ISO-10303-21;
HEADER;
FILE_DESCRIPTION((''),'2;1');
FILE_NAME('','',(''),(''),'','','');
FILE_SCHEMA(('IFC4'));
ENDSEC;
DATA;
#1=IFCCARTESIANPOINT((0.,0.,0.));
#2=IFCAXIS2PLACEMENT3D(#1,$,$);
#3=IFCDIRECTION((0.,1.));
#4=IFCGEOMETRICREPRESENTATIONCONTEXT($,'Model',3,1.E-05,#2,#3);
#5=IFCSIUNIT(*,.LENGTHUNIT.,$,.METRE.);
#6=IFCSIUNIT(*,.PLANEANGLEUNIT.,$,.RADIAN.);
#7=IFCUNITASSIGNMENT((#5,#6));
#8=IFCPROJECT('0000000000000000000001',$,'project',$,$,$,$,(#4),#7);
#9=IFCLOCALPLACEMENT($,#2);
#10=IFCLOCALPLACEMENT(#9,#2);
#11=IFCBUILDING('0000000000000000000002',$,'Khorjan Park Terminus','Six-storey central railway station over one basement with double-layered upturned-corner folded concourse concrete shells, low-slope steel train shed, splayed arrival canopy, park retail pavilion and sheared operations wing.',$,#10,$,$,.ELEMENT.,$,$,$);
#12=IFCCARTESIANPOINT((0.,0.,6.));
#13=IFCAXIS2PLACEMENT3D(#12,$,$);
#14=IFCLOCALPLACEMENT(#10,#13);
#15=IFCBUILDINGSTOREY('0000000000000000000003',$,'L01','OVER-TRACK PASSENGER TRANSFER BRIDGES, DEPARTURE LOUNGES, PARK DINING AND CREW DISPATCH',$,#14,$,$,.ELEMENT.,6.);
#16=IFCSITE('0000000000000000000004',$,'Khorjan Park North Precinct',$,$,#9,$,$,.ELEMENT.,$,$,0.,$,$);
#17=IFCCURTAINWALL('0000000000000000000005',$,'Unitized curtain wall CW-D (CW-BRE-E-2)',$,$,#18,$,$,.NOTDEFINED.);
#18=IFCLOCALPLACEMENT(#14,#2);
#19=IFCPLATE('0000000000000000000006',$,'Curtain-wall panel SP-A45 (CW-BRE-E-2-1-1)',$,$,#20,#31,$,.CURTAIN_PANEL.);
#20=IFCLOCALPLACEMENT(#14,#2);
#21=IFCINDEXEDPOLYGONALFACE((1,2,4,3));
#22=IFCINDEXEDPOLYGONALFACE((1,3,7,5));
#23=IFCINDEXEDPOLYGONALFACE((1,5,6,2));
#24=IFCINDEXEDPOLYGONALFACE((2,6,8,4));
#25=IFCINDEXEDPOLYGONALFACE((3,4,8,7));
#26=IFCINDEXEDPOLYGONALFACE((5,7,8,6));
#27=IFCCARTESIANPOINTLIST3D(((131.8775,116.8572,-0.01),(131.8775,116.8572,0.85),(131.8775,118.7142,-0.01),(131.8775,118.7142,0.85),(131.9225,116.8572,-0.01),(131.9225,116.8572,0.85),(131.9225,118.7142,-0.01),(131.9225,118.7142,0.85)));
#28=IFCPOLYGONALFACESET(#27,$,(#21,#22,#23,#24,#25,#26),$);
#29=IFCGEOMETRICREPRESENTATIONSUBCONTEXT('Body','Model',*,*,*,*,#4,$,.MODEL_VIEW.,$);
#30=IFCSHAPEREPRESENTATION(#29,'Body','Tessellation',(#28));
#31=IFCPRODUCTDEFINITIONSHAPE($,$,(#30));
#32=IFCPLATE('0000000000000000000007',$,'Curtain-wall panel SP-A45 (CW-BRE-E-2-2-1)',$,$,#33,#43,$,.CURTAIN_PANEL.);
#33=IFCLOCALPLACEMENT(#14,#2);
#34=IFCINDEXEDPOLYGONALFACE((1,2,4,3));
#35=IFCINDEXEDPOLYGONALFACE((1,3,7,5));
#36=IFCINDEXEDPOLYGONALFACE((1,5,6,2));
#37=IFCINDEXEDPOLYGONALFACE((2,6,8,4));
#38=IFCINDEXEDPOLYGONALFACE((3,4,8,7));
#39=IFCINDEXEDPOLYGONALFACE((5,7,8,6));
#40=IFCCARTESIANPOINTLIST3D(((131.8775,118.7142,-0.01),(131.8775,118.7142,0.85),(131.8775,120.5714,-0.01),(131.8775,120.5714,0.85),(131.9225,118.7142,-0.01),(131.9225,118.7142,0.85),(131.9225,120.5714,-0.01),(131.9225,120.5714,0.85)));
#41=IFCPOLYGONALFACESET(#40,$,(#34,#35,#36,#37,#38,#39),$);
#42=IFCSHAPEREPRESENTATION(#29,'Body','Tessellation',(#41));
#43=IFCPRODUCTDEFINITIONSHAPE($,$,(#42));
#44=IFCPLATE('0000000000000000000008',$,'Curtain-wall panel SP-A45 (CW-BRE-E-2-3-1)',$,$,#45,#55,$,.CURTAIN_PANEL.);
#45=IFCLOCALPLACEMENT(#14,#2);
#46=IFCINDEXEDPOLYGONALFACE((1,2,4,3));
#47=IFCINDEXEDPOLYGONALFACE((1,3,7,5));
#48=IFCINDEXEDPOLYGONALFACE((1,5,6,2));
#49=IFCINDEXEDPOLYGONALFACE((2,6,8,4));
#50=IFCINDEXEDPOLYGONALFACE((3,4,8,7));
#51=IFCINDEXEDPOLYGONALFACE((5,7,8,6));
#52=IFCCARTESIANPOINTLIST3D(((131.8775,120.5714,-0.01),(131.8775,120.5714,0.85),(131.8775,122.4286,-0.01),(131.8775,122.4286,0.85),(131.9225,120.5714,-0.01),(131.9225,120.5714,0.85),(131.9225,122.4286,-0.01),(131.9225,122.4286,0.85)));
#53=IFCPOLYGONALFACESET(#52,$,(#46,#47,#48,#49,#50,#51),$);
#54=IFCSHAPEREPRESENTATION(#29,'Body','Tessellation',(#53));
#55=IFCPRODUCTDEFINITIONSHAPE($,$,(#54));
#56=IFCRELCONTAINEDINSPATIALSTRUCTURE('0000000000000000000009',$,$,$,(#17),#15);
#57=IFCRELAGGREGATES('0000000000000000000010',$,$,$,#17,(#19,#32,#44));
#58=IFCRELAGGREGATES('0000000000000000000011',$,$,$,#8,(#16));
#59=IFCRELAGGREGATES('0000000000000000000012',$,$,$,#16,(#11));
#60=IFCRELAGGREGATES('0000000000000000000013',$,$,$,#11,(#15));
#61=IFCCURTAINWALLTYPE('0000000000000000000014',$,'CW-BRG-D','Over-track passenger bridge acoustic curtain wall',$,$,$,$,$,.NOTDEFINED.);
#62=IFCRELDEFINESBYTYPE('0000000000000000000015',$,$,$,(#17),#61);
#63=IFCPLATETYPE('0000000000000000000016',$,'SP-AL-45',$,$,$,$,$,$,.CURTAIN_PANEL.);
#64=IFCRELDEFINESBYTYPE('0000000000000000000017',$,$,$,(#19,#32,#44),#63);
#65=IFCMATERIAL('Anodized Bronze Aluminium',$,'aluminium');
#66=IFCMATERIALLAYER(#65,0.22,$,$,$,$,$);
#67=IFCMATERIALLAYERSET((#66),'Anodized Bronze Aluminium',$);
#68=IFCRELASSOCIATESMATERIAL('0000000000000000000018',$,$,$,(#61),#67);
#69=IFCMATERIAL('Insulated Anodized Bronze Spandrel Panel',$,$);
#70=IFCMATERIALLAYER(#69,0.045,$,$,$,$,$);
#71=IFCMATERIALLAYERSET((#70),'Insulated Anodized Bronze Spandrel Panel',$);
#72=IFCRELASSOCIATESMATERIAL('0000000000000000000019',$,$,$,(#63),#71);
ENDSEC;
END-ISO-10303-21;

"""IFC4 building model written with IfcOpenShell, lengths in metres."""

from ifc_helpers import new_model, si_unit, direction, frame, origin, origin_2d, place, context, subcontext, project, spatial, rectangle, extrude, material, layer, layer_set, type_object, element, aggregate, save


model = new_model("IFC4")

# Units and contexts
model_context = context("Model", 3, precision=1e-05, world=origin(), true_north=direction((0.0, 1.0)))
body_context = subcontext(model_context, "Body", "Model", "MODEL_VIEW")
ifc_project = project(units=[si_unit("LENGTHUNIT", "METRE"), si_unit("PLANEANGLEUNIT", "RADIAN")], contexts=[model_context])

# Site, building, storey
site_placement = place(None, origin())
site = spatial("IfcSite", under=ifc_project, at=site_placement, Name="Khorjan Park North Precinct", CompositionType="ELEMENT", RefElevation=0.0)
building_placement = place(site_placement, origin())
building = spatial("IfcBuilding", under=site, at=building_placement, Name="Khorjan Park Terminus", Description="Six-storey central railway station over one basement with double-layered upturned-corner folded concourse concrete shells, low-slope steel train shed, splayed arrival canopy, park retail pavilion and sheared operations wing.", CompositionType="ELEMENT")
storey_placement = place(building_placement, frame((0.0, 0.0, 6.0)))
storey = spatial("IfcBuildingStorey", under=building, at=storey_placement, Name="L01", Description="OVER-TRACK PASSENGER TRANSFER BRIDGES, DEPARTURE LOUNGES, PARK DINING AND CREW DISPATCH", CompositionType="ELEMENT", Elevation=6.0)

# Curtain wall, plates
ifc_material_1 = material(Name="Anodized Bronze Aluminium", Category="aluminium")
ifc_layer_1 = layer(ifc_material_1, 0.22)
ifc_layer_set_1 = layer_set([ifc_layer_1], Name="Anodized Bronze Aluminium")
curtain_wall_type = type_object("IfcCurtainWallType", Name="CW-BRG-D", Description="Over-track passenger bridge acoustic curtain wall", PredefinedType="NOTDEFINED", material=ifc_layer_set_1)
curtain_wall_placement = place(storey_placement, origin())
curtain_wall = element("IfcCurtainWall", 1, at=curtain_wall_placement, inside=storey, type_object=curtain_wall_type, Name="Unitized curtain wall CW-D (CW-BRE-E-2)", PredefinedType="NOTDEFINED")
ifc_material_2 = material(Name="Insulated Anodized Bronze Spandrel Panel")
ifc_layer_2 = layer(ifc_material_2, 0.045)
ifc_layer_set_2 = layer_set([ifc_layer_2], Name="Insulated Anodized Bronze Spandrel Panel")
plate_type_1 = type_object("IfcPlateType", Name="SP-AL-45", PredefinedType="CURTAIN_PANEL", material=ifc_layer_set_2)
plate_1_placement = place(storey_placement, frame((131.9, 117.7857, -0.01), z_axis=(0.0, 0.0, 1.0), x_axis=(0.0, 1.0, 0.0)))
plate_1 = element("IfcPlate", 2, at=plate_1_placement, type_object=plate_type_1, Name="Curtain-wall panel SP-A45 (CW-BRE-E-2-1-1)", PredefinedType="CURTAIN_PANEL", context=body_context, shape_type="SweptSolid", body=[
    extrude(rectangle(XDim=1.8571, YDim=0.045, at=origin_2d()), origin(), (0.0, 0.0, 1.0), 0.86),
])
plate_2_placement = place(storey_placement, frame((131.9, 119.6428, -0.01), z_axis=(0.0, 0.0, 1.0), x_axis=(0.0, 1.0, 0.0)))
plate_2 = element("IfcPlate", 3, at=plate_2_placement, type_object=plate_type_1, Name="Curtain-wall panel SP-A45 (CW-BRE-E-2-2-1)", PredefinedType="CURTAIN_PANEL", context=body_context, shape_type="SweptSolid", body=[
    extrude(rectangle(XDim=1.8571, YDim=0.045, at=origin_2d()), origin(), (0.0, 0.0, 1.0), 0.86),
])
plate_3_placement = place(storey_placement, frame((131.9, 121.5, -0.01), z_axis=(0.0, 0.0, 1.0), x_axis=(0.0, 1.0, 0.0)))
plate_3 = element("IfcPlate", 4, at=plate_3_placement, type_object=plate_type_1, Name="Curtain-wall panel SP-A45 (CW-BRE-E-2-3-1)", PredefinedType="CURTAIN_PANEL", context=body_context, shape_type="SweptSolid", body=[
    extrude(rectangle(XDim=1.8571, YDim=0.045, at=origin_2d()), origin(), (0.0, 0.0, 1.0), 0.86),
])
aggregate(curtain_wall, [plate_1, plate_2, plate_3])

save(model, "model.ifc")
